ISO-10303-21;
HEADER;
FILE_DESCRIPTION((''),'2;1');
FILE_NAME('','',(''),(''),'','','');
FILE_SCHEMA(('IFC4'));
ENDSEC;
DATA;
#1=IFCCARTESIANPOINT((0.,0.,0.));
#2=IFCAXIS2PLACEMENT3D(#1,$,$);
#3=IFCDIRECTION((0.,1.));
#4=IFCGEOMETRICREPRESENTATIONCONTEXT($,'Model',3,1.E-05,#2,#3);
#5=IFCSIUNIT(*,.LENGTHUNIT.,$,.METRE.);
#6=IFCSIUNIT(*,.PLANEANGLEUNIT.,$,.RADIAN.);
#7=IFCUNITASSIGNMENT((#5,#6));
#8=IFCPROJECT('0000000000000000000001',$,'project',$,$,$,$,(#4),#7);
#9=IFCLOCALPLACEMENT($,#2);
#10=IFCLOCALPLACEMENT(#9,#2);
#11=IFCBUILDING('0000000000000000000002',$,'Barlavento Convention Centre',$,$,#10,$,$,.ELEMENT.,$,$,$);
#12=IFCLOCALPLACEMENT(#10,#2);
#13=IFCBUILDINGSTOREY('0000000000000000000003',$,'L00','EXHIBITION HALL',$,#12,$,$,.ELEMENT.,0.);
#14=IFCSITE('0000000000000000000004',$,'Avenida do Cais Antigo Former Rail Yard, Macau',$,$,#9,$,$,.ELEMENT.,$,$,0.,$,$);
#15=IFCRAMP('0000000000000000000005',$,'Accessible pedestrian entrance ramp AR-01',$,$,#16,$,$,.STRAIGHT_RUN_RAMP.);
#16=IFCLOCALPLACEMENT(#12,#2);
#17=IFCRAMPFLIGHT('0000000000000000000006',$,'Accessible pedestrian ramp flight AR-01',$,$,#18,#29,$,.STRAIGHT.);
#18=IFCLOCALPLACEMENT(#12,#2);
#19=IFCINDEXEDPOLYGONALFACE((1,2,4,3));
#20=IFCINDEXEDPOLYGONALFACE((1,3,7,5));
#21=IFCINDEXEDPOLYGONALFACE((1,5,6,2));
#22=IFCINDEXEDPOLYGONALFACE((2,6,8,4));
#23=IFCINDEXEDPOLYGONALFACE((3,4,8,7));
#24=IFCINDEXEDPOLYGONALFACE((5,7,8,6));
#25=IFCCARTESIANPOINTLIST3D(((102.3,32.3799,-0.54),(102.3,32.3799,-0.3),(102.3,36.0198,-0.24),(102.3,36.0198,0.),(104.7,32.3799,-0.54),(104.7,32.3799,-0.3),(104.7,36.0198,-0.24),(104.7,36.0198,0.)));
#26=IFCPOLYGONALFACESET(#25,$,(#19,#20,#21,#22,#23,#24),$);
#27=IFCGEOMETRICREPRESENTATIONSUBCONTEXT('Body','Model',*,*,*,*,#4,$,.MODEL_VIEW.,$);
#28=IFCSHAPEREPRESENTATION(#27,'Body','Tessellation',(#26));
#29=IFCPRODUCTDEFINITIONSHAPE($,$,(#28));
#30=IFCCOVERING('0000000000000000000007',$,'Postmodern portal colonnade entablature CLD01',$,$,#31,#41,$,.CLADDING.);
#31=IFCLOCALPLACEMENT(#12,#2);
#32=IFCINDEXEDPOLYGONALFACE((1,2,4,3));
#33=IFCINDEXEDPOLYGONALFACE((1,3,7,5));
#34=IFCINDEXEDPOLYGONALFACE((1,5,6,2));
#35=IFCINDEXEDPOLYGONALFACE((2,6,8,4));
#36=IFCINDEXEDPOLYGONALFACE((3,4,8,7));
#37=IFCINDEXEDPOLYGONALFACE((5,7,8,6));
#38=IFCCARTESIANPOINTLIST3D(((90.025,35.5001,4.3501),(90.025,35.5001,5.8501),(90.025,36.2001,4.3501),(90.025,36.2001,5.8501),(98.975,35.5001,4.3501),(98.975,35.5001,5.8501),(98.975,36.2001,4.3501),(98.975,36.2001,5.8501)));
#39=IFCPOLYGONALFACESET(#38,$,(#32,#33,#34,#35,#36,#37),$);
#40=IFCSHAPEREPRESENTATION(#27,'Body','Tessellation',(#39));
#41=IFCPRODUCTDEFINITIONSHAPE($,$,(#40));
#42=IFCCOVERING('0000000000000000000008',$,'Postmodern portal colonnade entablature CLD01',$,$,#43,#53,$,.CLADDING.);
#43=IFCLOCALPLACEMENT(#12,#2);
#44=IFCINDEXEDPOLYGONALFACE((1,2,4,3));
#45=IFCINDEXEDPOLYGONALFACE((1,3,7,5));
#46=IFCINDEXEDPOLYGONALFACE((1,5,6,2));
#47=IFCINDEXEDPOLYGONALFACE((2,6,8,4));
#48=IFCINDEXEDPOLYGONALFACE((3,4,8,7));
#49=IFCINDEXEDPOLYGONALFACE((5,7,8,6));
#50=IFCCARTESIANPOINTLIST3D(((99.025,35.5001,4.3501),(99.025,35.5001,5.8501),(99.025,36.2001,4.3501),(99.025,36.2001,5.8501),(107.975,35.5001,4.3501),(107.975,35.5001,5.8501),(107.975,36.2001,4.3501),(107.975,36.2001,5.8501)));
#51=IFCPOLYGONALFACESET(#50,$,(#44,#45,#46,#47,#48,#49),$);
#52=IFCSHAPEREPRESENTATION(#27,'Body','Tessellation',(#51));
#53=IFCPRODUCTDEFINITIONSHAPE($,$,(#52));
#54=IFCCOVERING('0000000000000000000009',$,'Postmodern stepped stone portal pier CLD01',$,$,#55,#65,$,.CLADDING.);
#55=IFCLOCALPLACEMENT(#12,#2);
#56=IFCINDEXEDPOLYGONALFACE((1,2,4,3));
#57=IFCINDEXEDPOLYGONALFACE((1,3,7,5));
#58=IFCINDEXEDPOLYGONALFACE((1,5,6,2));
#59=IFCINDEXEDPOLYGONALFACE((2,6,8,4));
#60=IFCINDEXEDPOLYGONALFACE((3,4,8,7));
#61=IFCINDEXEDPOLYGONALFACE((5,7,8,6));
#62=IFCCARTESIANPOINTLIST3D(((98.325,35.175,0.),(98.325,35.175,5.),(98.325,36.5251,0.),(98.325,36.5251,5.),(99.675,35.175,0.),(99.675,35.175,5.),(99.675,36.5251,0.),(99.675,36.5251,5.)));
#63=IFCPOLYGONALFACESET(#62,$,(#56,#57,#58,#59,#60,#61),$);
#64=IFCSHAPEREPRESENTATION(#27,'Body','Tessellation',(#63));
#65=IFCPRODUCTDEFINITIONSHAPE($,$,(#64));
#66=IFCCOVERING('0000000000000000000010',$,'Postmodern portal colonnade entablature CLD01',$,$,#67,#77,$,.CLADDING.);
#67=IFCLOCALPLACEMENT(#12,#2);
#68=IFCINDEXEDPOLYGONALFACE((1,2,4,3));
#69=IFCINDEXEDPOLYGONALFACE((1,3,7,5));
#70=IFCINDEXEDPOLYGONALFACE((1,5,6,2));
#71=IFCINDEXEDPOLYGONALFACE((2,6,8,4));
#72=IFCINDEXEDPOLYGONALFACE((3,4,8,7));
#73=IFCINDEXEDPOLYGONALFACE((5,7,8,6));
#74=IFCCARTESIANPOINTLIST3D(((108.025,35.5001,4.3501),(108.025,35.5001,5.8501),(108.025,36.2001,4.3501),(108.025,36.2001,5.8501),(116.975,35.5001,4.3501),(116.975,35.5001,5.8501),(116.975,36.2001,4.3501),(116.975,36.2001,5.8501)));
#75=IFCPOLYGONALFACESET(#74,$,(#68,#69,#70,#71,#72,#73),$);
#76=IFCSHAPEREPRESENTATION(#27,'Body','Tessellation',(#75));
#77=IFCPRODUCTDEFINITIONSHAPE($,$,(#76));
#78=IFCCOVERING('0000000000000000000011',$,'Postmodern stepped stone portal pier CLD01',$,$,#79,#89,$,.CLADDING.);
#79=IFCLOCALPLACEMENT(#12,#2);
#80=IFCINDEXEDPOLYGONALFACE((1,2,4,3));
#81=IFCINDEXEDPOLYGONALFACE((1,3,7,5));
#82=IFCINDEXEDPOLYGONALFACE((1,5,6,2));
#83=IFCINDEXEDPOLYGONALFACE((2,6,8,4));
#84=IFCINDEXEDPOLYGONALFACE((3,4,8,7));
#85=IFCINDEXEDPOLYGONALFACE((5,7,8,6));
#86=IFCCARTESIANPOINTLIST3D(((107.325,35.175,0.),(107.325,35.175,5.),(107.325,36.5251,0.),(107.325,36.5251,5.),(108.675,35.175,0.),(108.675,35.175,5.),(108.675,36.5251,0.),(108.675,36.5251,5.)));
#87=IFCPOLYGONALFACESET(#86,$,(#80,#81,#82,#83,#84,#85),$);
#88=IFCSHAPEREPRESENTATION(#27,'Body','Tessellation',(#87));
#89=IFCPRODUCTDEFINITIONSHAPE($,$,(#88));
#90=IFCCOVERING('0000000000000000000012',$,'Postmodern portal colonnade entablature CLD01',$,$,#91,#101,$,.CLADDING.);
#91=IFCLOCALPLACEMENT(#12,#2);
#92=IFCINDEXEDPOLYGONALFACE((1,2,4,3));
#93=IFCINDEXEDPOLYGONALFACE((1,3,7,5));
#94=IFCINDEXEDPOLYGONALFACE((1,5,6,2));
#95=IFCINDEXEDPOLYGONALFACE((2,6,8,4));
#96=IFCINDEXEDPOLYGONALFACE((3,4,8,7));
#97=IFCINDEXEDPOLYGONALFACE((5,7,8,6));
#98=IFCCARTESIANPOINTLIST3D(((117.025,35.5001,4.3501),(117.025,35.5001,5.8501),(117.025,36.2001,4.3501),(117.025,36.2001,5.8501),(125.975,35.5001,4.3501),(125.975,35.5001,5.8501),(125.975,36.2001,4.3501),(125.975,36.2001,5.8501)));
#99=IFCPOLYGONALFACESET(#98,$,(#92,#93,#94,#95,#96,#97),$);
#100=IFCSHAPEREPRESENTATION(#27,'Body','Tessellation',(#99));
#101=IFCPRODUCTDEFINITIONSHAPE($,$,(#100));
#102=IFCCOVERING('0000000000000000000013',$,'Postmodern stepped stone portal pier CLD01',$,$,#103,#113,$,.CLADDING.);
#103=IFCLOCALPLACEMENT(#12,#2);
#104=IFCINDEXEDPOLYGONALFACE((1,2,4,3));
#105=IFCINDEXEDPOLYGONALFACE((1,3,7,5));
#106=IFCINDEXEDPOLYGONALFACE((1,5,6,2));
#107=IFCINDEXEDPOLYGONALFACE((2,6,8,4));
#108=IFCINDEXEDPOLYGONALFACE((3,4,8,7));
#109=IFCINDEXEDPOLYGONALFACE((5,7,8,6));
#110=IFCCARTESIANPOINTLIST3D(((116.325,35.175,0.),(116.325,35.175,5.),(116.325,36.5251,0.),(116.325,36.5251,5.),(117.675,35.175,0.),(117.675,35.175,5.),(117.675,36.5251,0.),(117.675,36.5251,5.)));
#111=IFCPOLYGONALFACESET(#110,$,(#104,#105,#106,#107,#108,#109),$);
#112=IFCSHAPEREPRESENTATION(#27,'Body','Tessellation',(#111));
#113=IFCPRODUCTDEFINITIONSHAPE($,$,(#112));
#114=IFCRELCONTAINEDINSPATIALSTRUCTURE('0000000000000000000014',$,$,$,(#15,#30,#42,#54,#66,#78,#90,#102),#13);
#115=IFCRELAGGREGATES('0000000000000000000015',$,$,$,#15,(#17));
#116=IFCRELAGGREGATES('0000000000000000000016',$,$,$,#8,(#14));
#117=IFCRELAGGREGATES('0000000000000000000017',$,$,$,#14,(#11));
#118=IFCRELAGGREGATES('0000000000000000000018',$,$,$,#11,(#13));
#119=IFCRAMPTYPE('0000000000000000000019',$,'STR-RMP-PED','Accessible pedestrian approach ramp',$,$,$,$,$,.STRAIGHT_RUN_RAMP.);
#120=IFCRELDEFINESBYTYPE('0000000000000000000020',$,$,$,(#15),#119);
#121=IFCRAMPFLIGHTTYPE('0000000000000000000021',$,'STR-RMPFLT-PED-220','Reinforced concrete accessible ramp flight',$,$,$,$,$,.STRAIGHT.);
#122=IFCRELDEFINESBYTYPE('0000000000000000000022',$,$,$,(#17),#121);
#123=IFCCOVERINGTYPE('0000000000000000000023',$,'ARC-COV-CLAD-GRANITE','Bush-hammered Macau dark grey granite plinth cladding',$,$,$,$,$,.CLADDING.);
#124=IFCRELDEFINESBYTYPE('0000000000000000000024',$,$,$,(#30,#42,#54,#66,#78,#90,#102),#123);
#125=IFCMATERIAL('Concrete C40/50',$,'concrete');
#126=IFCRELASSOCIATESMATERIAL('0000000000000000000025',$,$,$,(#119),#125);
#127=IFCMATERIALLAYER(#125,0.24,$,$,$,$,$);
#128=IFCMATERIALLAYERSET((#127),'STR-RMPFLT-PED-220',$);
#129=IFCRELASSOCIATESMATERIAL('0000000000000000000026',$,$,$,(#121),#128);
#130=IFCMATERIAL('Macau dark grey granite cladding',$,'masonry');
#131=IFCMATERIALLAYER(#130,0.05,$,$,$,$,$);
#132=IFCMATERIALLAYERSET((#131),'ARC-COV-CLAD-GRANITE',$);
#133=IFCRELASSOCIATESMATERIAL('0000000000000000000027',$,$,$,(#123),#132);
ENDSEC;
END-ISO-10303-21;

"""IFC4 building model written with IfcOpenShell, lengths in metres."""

from ifc_helpers import new_model, si_unit, direction, frame, origin, origin_2d, place, context, subcontext, project, spatial, polyline, rectangle, outline, extrude, material, layer, layer_set, type_object, element, aggregate, save


model = new_model("IFC4")

# Units and contexts
model_context = context("Model", 3, precision=1e-05, world=origin(), true_north=direction((0.0, 1.0)))
body_context = subcontext(model_context, "Body", "Model", "MODEL_VIEW")
ifc_project = project(units=[si_unit("LENGTHUNIT", "METRE"), si_unit("PLANEANGLEUNIT", "RADIAN")], contexts=[model_context])

# Site, building, storey
site_placement = place(None, origin())
site = spatial("IfcSite", under=ifc_project, at=site_placement, Name="Avenida do Cais Antigo Former Rail Yard, Macau", CompositionType="ELEMENT", RefElevation=0.0)
building_placement = place(site_placement, origin())
building = spatial("IfcBuilding", under=site, at=building_placement, Name="Barlavento Convention Centre", CompositionType="ELEMENT")
storey_placement = place(building_placement, origin())
storey = spatial("IfcBuildingStorey", under=building, at=storey_placement, Name="L00", Description="EXHIBITION HALL", CompositionType="ELEMENT", Elevation=0.0)

# Shared definitions
ifc_material_1 = material(Name="Concrete C40/50", Category="concrete")

# Ramp, ramp flight
ramp_type = type_object("IfcRampType", Name="STR-RMP-PED", Description="Accessible pedestrian approach ramp", PredefinedType="STRAIGHT_RUN_RAMP", material=ifc_material_1)
ramp_placement = place(storey_placement, origin())
ramp = element("IfcRamp", 1, at=ramp_placement, inside=storey, type_object=ramp_type, Name="Accessible pedestrian entrance ramp AR-01", PredefinedType="STRAIGHT_RUN_RAMP")
ifc_layer_1 = layer(ifc_material_1, 0.24)
ifc_layer_set_1 = layer_set([ifc_layer_1], Name="STR-RMPFLT-PED-220")
ramp_flight_type = type_object("IfcRampFlightType", Name="STR-RMPFLT-PED-220", Description="Reinforced concrete accessible ramp flight", PredefinedType="STRAIGHT", material=ifc_layer_set_1)
ramp_flight_placement = place(storey_placement, frame((103.5, 32.3799, -0.3), z_axis=(0.0, 0.0, 1.0), x_axis=(0.0, 1.0, 0.0)))
ramp_flight = element("IfcRampFlight", 2, at=ramp_flight_placement, type_object=ramp_flight_type, Name="Accessible pedestrian ramp flight AR-01", PredefinedType="STRAIGHT", context=body_context, shape_type="SweptSolid", body=[
    extrude(outline(polyline([(0.0, -0.24), (3.6399, 0.0601), (3.6399, 0.3), (0.0, 0.0), (0.0, -0.24)])), frame((0.0, 1.2, 0.0), z_axis=(0.0, -1.0, 0.0), x_axis=(1.0, 0.0, 0.0)), (0.0, 0.0, 1.0), 2.3999),
])
aggregate(ramp, [ramp_flight])

# Coverings
ifc_material_2 = material(Name="Macau dark grey granite cladding", Category="masonry")
ifc_layer_2 = layer(ifc_material_2, 0.05)
ifc_layer_set_2 = layer_set([ifc_layer_2], Name="ARC-COV-CLAD-GRANITE")
covering_type = type_object("IfcCoveringType", Name="ARC-COV-CLAD-GRANITE", Description="Bush-hammered Macau dark grey granite plinth cladding", PredefinedType="CLADDING", material=ifc_layer_set_2)
for number, where, z_axis, x_axis, name in (
    (3, (94.5, 35.8501, 4.3501), (0.0, 0.0, 1.0), (1.0, 0.0, 0.0), "Postmodern portal colonnade entablature CLD01"),
    (4, (103.5, 35.8501, 4.3501), (0.0, 0.0, 1.0), (1.0, 0.0, 0.0), "Postmodern portal colonnade entablature CLD01"),
):
    element("IfcCovering", number, at=place(storey_placement, frame(where, z_axis=z_axis, x_axis=x_axis)), inside=storey, type_object=covering_type, Name=name, PredefinedType="CLADDING", context=body_context, shape_type="SweptSolid", body=[
        extrude(rectangle(XDim=8.95, YDim=0.7, at=origin_2d()), origin(), (0.0, 0.0, 1.0), 1.5),
    ])
covering_1_placement = place(storey_placement, frame((99.0, 35.8501, 0.0), z_axis=(0.0, 0.0, 1.0), x_axis=(1.0, 0.0, 0.0)))
element("IfcCovering", 5, at=covering_1_placement, inside=storey, type_object=covering_type, Name="Postmodern stepped stone portal pier CLD01", PredefinedType="CLADDING", context=body_context, shape_type="SweptSolid", body=[
    extrude(rectangle(XDim=1.3501, YDim=1.3501, at=origin_2d()), origin(), (0.0, 0.0, 1.0), 5.0),
])
covering_2_placement = place(storey_placement, frame((112.5, 35.8501, 4.3501), z_axis=(0.0, 0.0, 1.0), x_axis=(1.0, 0.0, 0.0)))
element("IfcCovering", 6, at=covering_2_placement, inside=storey, type_object=covering_type, Name="Postmodern portal colonnade entablature CLD01", PredefinedType="CLADDING", context=body_context, shape_type="SweptSolid", body=[
    extrude(rectangle(XDim=8.95, YDim=0.7, at=origin_2d()), origin(), (0.0, 0.0, 1.0), 1.5),
])
covering_3_placement = place(storey_placement, frame((108.0, 35.8501, 0.0), z_axis=(0.0, 0.0, 1.0), x_axis=(1.0, 0.0, 0.0)))
element("IfcCovering", 7, at=covering_3_placement, inside=storey, type_object=covering_type, Name="Postmodern stepped stone portal pier CLD01", PredefinedType="CLADDING", context=body_context, shape_type="SweptSolid", body=[
    extrude(rectangle(XDim=1.3501, YDim=1.3501, at=origin_2d()), origin(), (0.0, 0.0, 1.0), 5.0),
])
covering_4_placement = place(storey_placement, frame((121.5, 35.8501, 4.3501), z_axis=(0.0, 0.0, 1.0), x_axis=(1.0, 0.0, 0.0)))
element("IfcCovering", 8, at=covering_4_placement, inside=storey, type_object=covering_type, Name="Postmodern portal colonnade entablature CLD01", PredefinedType="CLADDING", context=body_context, shape_type="SweptSolid", body=[
    extrude(rectangle(XDim=8.95, YDim=0.7, at=origin_2d()), origin(), (0.0, 0.0, 1.0), 1.5),
])
covering_5_placement = place(storey_placement, frame((117.0, 35.8501, 0.0), z_axis=(0.0, 0.0, 1.0), x_axis=(1.0, 0.0, 0.0)))
element("IfcCovering", 9, at=covering_5_placement, inside=storey, type_object=covering_type, Name="Postmodern stepped stone portal pier CLD01", PredefinedType="CLADDING", context=body_context, shape_type="SweptSolid", body=[
    extrude(rectangle(XDim=1.3501, YDim=1.3501, at=origin_2d()), origin(), (0.0, 0.0, 1.0), 5.0),
])

save(model, "model.ifc")
